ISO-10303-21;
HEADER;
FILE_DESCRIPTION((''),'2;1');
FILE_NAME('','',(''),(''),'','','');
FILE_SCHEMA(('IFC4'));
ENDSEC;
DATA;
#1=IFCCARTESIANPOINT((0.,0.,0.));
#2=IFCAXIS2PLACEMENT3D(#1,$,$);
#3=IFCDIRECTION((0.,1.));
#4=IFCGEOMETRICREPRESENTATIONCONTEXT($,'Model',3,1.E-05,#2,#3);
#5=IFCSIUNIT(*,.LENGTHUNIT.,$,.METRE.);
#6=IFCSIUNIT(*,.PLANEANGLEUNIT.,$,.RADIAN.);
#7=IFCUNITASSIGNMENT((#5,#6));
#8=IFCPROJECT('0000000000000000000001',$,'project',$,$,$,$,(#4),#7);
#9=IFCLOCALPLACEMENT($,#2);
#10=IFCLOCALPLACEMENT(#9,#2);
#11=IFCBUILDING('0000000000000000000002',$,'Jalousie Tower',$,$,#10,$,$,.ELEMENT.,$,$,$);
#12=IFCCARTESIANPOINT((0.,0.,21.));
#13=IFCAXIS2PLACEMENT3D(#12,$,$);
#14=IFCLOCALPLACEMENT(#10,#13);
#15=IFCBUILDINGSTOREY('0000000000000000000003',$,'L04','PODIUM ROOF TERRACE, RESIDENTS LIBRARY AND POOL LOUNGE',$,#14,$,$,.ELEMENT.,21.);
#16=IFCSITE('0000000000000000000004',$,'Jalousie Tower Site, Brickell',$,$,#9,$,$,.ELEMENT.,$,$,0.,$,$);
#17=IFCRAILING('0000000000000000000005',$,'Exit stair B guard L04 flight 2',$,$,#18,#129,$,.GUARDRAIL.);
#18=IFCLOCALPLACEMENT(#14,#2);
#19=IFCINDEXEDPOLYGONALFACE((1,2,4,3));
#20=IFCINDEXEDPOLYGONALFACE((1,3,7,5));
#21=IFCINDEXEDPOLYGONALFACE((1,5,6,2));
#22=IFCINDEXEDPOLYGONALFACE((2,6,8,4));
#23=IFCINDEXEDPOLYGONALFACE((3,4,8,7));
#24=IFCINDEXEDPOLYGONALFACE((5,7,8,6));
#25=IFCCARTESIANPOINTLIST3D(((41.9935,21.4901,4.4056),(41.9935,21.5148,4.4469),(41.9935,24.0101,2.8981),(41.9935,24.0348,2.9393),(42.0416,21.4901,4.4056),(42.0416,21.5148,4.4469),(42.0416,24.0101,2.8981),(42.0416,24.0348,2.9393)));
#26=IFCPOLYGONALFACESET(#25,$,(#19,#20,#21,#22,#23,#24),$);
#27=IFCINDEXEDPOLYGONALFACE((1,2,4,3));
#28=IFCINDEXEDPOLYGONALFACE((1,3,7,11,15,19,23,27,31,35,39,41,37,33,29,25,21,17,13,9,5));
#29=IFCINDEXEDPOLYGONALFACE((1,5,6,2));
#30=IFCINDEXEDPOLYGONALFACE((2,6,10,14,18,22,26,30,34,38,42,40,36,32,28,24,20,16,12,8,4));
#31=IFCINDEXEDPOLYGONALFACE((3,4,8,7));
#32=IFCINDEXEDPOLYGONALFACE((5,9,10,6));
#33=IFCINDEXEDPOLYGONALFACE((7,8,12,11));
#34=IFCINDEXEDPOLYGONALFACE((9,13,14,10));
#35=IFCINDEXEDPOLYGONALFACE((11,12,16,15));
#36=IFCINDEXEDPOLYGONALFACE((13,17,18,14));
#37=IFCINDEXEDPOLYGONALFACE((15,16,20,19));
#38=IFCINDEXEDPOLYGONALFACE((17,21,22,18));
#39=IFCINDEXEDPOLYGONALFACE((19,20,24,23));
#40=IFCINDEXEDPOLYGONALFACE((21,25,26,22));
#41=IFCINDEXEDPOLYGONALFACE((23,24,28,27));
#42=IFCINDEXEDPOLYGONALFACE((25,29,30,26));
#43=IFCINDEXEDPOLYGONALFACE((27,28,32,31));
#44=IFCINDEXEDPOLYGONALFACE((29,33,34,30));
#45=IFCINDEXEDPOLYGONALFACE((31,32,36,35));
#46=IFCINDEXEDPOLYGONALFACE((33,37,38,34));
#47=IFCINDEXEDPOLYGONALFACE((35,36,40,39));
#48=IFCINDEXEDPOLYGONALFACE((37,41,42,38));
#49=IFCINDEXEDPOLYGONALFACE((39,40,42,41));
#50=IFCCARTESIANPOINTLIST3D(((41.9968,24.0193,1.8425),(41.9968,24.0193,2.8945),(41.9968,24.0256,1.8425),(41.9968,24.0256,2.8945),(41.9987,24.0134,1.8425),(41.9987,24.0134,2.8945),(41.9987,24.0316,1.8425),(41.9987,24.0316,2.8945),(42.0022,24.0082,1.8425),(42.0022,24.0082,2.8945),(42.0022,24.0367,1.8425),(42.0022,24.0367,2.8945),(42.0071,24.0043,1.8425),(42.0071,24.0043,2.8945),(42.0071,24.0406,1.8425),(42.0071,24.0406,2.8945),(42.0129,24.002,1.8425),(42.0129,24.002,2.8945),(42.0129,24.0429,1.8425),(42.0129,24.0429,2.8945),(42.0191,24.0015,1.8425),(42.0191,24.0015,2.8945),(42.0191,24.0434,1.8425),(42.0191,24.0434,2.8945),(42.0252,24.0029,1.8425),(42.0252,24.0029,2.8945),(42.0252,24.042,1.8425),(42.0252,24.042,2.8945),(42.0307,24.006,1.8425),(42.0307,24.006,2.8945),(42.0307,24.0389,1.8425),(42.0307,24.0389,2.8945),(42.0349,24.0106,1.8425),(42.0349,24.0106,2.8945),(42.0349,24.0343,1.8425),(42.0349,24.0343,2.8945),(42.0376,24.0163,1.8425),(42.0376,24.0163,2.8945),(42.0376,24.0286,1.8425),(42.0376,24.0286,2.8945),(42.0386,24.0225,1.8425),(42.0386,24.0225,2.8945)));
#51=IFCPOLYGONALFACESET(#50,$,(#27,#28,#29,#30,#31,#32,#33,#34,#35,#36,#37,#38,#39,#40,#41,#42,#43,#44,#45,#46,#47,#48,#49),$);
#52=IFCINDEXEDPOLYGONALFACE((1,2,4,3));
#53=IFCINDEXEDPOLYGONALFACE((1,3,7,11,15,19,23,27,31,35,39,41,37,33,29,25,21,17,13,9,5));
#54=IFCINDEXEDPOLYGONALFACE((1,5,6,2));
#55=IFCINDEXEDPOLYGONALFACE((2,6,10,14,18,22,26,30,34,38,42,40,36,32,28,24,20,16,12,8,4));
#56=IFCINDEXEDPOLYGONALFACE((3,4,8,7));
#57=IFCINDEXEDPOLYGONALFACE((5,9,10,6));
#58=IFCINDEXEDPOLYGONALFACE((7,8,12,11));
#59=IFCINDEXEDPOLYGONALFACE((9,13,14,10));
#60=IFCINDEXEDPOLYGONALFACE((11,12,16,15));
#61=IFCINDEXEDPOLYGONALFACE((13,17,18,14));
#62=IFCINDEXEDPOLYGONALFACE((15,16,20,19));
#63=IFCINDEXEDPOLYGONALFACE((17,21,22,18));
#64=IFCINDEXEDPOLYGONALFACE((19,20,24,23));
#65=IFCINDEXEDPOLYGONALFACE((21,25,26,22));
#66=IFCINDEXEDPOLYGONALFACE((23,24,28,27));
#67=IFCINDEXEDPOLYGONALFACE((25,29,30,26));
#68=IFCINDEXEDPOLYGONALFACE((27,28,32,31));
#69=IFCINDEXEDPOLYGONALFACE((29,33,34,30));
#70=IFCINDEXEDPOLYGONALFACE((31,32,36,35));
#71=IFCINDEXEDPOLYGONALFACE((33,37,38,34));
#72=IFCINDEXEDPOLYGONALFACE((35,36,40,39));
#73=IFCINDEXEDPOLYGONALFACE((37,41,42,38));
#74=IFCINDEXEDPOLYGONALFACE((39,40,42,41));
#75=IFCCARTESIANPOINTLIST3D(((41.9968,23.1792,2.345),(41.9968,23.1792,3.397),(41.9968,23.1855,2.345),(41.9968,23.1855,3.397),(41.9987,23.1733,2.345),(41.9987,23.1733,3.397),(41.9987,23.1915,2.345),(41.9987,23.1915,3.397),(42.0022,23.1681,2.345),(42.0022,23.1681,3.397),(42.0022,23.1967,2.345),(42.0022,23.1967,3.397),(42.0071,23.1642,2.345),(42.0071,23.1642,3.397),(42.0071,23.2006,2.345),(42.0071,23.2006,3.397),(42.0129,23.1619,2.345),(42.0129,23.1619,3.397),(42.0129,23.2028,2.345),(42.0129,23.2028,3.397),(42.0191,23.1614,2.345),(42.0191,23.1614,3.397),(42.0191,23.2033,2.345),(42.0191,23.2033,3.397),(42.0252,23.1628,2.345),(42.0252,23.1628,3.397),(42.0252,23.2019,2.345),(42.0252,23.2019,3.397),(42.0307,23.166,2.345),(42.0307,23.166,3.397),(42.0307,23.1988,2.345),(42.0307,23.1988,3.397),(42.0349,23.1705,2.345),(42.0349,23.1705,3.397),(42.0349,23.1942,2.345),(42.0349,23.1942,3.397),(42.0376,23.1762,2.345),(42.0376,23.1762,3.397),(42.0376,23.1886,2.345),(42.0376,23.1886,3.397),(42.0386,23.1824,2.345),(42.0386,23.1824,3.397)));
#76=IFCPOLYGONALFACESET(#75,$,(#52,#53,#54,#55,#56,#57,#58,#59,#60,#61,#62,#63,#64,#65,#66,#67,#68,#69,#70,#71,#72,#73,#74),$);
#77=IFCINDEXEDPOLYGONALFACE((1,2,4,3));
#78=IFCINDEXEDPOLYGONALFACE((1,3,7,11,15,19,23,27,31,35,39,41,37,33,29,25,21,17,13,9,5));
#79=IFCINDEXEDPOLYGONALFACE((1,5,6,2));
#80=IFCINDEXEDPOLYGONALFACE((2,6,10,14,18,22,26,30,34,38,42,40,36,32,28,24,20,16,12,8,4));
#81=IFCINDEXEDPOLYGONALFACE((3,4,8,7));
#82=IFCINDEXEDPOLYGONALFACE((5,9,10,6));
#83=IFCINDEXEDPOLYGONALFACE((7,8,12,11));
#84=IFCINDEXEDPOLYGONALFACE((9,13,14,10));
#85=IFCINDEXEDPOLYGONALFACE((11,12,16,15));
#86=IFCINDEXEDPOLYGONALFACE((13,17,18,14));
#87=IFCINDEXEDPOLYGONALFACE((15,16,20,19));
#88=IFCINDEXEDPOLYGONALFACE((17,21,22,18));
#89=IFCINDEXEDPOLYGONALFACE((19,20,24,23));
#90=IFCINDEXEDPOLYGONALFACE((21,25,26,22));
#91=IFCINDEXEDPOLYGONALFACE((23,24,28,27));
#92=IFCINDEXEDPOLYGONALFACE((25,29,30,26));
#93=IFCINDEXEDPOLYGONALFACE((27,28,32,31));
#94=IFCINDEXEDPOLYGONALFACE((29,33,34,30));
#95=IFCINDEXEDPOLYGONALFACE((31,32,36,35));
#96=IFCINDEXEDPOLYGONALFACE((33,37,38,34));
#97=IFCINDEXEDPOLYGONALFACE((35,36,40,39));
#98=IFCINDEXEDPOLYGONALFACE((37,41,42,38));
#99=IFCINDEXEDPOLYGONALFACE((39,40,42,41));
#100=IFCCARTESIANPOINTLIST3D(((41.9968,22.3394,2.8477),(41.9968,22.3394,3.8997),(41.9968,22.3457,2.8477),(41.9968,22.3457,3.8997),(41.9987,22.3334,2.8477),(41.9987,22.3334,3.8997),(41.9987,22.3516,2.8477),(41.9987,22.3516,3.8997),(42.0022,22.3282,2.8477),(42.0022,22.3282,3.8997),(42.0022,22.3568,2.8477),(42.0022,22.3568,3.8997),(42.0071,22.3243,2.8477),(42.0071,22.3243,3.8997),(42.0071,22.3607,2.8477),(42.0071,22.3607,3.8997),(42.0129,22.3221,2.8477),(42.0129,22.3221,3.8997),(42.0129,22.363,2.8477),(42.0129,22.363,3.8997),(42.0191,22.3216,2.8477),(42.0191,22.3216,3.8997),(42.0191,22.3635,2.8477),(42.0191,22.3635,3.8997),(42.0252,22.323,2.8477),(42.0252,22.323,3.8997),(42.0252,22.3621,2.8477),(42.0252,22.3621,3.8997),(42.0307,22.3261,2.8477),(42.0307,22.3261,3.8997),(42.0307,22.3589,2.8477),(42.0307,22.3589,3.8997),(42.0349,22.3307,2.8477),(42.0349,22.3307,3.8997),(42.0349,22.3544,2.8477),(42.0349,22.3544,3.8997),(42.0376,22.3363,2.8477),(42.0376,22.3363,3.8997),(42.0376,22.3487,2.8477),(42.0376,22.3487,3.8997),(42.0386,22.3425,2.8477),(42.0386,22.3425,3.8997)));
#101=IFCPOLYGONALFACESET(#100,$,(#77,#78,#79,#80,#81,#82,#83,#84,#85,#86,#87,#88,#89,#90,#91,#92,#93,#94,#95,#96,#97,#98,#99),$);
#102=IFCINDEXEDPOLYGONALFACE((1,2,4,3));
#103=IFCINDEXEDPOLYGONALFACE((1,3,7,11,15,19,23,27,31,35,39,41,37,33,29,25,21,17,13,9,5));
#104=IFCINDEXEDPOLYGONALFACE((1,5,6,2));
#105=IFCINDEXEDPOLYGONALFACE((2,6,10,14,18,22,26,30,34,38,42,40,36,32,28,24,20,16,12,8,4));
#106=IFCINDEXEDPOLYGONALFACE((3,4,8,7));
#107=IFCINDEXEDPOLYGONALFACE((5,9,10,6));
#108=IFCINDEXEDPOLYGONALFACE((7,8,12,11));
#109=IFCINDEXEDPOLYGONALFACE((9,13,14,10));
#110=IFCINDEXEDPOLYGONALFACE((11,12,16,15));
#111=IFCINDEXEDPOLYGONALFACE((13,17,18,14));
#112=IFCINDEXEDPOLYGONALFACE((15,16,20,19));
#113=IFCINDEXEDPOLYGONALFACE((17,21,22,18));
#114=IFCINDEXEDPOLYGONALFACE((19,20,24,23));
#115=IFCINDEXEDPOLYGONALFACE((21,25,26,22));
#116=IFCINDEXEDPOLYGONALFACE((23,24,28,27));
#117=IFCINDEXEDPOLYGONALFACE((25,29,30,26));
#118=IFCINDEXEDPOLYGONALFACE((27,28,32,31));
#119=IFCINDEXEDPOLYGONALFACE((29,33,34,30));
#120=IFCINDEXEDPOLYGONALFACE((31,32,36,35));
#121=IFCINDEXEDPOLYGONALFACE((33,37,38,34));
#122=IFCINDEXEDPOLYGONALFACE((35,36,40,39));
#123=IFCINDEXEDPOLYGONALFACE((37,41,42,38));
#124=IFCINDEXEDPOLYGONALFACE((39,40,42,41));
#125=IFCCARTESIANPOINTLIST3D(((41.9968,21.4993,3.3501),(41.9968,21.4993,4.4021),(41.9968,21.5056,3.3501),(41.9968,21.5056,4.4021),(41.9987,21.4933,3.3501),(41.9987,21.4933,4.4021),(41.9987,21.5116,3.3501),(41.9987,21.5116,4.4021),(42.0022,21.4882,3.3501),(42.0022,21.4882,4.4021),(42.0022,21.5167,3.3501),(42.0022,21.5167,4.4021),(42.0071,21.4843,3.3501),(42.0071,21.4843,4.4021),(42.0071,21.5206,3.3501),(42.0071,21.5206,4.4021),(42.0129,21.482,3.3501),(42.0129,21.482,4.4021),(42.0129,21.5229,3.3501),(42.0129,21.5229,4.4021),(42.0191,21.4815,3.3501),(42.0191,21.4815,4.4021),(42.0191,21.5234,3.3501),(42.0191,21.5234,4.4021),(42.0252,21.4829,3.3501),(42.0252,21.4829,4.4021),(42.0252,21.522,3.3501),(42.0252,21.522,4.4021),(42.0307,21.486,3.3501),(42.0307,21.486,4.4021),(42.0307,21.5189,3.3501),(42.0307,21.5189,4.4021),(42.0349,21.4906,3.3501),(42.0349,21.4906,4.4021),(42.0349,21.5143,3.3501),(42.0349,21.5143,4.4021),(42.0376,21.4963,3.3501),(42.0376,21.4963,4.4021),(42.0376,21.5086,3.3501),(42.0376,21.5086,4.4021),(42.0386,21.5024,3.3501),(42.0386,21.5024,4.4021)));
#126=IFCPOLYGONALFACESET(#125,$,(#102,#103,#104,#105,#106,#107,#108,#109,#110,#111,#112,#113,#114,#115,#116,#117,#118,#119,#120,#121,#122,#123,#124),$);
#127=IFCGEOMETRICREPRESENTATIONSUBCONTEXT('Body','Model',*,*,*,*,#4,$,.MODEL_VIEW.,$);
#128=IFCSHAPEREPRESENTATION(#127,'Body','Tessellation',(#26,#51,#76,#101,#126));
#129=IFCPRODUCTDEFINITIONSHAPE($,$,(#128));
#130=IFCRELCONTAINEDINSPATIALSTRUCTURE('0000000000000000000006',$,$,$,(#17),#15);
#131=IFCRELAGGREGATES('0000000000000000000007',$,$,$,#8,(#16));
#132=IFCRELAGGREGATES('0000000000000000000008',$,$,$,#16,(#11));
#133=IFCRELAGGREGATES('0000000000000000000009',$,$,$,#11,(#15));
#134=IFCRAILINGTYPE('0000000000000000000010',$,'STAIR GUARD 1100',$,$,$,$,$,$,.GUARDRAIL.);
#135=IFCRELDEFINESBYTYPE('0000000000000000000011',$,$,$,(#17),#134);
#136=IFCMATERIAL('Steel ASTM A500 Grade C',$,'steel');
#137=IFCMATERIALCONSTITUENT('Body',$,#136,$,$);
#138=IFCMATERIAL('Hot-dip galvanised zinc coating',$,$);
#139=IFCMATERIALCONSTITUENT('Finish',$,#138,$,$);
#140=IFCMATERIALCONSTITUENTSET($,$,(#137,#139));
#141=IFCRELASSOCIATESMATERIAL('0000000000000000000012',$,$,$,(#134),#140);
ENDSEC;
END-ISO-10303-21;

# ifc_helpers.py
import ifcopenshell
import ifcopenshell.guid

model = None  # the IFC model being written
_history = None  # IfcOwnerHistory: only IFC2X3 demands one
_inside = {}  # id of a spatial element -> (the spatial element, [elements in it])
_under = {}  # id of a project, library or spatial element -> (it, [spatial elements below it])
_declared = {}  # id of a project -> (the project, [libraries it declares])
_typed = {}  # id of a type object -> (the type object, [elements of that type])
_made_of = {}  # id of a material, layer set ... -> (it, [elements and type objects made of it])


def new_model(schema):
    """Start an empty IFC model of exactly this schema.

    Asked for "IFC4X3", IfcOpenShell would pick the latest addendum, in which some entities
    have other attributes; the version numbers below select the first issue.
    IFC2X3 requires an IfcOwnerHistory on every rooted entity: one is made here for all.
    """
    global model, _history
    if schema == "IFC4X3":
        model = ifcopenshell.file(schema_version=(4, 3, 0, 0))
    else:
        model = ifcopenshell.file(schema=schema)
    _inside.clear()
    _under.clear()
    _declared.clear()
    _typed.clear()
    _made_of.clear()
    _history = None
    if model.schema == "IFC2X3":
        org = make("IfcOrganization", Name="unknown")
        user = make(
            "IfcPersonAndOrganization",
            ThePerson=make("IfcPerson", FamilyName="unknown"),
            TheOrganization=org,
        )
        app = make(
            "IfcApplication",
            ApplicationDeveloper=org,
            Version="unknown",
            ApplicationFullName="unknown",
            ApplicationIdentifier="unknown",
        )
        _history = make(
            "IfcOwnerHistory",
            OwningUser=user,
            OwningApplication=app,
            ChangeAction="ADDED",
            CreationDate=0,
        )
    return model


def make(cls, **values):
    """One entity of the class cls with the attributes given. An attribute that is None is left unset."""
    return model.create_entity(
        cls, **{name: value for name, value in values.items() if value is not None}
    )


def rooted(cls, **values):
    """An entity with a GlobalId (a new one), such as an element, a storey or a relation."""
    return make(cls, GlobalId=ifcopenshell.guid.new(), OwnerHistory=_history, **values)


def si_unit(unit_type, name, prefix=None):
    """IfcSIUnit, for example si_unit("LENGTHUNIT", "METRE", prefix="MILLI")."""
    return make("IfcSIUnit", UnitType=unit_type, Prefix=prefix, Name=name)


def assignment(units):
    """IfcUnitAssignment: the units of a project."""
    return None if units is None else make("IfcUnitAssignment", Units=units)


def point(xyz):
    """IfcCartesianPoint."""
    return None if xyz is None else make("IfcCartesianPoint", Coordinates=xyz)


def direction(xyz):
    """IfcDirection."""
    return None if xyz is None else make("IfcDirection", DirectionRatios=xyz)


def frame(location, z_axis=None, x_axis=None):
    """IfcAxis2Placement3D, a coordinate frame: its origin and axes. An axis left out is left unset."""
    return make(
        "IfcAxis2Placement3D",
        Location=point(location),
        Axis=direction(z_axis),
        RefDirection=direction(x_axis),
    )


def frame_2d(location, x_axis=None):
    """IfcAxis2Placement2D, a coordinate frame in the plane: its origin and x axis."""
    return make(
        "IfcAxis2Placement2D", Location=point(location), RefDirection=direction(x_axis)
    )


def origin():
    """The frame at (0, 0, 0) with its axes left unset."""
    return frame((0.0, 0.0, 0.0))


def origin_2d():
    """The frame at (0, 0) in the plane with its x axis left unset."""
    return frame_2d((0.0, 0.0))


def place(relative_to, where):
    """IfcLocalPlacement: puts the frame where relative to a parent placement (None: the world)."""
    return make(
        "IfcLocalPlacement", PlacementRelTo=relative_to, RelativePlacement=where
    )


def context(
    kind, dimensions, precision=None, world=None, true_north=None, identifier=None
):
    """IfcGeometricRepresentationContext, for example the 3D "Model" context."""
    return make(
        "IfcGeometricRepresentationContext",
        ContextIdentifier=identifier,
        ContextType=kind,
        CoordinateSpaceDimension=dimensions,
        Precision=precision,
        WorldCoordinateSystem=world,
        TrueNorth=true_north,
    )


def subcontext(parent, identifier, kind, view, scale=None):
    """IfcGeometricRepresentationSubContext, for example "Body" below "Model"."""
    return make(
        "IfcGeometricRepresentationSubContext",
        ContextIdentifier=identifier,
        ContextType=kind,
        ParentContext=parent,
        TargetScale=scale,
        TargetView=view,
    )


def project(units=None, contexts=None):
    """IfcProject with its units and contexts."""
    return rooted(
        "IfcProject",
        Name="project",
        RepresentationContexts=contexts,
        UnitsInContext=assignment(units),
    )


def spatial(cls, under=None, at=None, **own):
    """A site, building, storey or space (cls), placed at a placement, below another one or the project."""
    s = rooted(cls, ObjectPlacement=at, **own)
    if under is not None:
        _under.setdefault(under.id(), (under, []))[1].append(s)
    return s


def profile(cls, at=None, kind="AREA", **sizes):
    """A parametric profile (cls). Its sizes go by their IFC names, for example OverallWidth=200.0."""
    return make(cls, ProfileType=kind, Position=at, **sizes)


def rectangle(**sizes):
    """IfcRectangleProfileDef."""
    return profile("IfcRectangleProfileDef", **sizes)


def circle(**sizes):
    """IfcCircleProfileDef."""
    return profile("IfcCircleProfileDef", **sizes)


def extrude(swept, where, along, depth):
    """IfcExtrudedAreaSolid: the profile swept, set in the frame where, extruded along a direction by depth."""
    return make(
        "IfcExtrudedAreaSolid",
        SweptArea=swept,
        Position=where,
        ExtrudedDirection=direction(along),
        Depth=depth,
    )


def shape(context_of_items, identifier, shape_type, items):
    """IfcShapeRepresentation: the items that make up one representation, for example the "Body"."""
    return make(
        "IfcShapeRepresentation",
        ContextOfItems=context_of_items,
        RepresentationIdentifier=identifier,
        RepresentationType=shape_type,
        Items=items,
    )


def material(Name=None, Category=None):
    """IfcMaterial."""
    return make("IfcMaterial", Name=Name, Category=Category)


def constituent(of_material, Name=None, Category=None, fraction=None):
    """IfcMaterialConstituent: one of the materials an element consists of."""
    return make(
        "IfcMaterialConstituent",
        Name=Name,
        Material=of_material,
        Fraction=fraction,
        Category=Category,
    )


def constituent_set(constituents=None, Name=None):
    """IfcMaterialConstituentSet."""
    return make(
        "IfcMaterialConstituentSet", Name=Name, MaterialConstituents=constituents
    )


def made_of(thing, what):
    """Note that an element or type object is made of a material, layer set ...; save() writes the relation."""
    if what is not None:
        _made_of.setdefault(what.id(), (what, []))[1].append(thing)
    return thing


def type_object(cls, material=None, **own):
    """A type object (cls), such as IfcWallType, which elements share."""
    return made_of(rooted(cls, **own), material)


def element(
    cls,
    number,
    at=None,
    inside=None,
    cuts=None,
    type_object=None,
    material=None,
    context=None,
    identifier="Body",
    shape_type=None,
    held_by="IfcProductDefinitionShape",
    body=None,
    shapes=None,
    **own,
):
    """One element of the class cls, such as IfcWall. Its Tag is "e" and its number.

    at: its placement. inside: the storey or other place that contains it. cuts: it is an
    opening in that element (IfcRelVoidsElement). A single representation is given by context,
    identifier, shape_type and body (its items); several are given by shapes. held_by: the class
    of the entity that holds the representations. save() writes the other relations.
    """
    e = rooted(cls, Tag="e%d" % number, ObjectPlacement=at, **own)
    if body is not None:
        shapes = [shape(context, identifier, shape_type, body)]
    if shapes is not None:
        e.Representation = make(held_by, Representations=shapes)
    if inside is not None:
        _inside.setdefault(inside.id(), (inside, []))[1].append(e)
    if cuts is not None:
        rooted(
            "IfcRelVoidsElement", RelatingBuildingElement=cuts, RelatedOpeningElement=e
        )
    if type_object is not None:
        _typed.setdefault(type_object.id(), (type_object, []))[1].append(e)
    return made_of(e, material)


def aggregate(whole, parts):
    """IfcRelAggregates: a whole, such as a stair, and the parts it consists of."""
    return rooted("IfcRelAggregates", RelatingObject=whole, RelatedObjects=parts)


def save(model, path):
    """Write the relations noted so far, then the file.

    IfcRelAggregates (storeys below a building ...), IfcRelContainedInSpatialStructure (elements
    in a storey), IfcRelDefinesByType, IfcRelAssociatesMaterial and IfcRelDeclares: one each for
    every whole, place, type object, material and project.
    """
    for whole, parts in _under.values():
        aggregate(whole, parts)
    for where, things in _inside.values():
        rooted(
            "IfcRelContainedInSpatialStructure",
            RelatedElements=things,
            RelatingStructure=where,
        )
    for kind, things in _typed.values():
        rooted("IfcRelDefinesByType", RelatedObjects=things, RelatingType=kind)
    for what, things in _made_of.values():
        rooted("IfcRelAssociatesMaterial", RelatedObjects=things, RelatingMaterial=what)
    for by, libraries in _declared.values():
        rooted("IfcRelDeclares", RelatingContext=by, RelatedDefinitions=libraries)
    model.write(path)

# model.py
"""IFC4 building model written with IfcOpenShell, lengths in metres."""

from ifc_helpers import new_model, si_unit, direction, frame, origin, origin_2d, place, context, subcontext, project, spatial, rectangle, circle, extrude, material, constituent, constituent_set, type_object, element, save


model = new_model("IFC4")

# Units and contexts
model_context = context("Model", 3, precision=1e-05, world=origin(), true_north=direction((0.0, 1.0)))
body_context = subcontext(model_context, "Body", "Model", "MODEL_VIEW")
ifc_project = project(units=[si_unit("LENGTHUNIT", "METRE"), si_unit("PLANEANGLEUNIT", "RADIAN")], contexts=[model_context])

# Site, building, storey
site_placement = place(None, origin())
site = spatial("IfcSite", under=ifc_project, at=site_placement, Name="Jalousie Tower Site, Brickell", CompositionType="ELEMENT", RefElevation=0.0)
building_placement = place(site_placement, origin())
building = spatial("IfcBuilding", under=site, at=building_placement, Name="Jalousie Tower", CompositionType="ELEMENT")
storey_placement = place(building_placement, frame((0.0, 0.0, 21.0)))
storey = spatial("IfcBuildingStorey", under=building, at=storey_placement, Name="L04", Description="PODIUM ROOF TERRACE, RESIDENTS LIBRARY AND POOL LOUNGE", CompositionType="ELEMENT", Elevation=21.0)

# Railing
ifc_material_1 = material(Name="Steel ASTM A500 Grade C", Category="steel")
ifc_constituent_1 = constituent(ifc_material_1, Name="Body")
ifc_material_2 = material(Name="Hot-dip galvanised zinc coating")
ifc_constituent_2 = constituent(ifc_material_2, Name="Finish")
ifc_constituent_set_1 = constituent_set(constituents=[ifc_constituent_1, ifc_constituent_2])
railing_type_1 = type_object("IfcRailingType", Name="STAIR GUARD 1100", PredefinedType="GUARDRAIL", material=ifc_constituent_set_1)
railing_1_placement = place(storey_placement, frame((42.0176, 24.0225, 1.8425)))
element("IfcRailing", 1, at=railing_1_placement, inside=storey, type_object=railing_type_1, Name="Exit stair B guard L04 flight 2", PredefinedType="GUARDRAIL", context=body_context, shape_type="SweptSolid", body=[
    extrude(rectangle(XDim=0.0481, YDim=0.0481, at=origin_2d()), frame((0.0, 0.0, 1.0762), z_axis=(0.0, -0.85816, 0.513383), x_axis=(1.0, 0.0, 0.0)), (0.0, 0.0, 1.0), 2.9365),
    extrude(circle(Radius=0.021, at=origin_2d()), origin(), (0.0, 0.0, 1.0), 1.052),
    extrude(circle(Radius=0.021, at=origin_2d()), frame((0.0, -0.8401, 0.5024)), (0.0, 0.0, 1.0), 1.052),
    extrude(circle(Radius=0.021, at=origin_2d()), frame((0.0, -1.6799, 1.0051)), (0.0, 0.0, 1.0), 1.052),
    extrude(circle(Radius=0.021, at=origin_2d()), frame((0.0, -2.52, 1.5076)), (0.0, 0.0, 1.0), 1.052),
])

save(model, "model.ifc")
